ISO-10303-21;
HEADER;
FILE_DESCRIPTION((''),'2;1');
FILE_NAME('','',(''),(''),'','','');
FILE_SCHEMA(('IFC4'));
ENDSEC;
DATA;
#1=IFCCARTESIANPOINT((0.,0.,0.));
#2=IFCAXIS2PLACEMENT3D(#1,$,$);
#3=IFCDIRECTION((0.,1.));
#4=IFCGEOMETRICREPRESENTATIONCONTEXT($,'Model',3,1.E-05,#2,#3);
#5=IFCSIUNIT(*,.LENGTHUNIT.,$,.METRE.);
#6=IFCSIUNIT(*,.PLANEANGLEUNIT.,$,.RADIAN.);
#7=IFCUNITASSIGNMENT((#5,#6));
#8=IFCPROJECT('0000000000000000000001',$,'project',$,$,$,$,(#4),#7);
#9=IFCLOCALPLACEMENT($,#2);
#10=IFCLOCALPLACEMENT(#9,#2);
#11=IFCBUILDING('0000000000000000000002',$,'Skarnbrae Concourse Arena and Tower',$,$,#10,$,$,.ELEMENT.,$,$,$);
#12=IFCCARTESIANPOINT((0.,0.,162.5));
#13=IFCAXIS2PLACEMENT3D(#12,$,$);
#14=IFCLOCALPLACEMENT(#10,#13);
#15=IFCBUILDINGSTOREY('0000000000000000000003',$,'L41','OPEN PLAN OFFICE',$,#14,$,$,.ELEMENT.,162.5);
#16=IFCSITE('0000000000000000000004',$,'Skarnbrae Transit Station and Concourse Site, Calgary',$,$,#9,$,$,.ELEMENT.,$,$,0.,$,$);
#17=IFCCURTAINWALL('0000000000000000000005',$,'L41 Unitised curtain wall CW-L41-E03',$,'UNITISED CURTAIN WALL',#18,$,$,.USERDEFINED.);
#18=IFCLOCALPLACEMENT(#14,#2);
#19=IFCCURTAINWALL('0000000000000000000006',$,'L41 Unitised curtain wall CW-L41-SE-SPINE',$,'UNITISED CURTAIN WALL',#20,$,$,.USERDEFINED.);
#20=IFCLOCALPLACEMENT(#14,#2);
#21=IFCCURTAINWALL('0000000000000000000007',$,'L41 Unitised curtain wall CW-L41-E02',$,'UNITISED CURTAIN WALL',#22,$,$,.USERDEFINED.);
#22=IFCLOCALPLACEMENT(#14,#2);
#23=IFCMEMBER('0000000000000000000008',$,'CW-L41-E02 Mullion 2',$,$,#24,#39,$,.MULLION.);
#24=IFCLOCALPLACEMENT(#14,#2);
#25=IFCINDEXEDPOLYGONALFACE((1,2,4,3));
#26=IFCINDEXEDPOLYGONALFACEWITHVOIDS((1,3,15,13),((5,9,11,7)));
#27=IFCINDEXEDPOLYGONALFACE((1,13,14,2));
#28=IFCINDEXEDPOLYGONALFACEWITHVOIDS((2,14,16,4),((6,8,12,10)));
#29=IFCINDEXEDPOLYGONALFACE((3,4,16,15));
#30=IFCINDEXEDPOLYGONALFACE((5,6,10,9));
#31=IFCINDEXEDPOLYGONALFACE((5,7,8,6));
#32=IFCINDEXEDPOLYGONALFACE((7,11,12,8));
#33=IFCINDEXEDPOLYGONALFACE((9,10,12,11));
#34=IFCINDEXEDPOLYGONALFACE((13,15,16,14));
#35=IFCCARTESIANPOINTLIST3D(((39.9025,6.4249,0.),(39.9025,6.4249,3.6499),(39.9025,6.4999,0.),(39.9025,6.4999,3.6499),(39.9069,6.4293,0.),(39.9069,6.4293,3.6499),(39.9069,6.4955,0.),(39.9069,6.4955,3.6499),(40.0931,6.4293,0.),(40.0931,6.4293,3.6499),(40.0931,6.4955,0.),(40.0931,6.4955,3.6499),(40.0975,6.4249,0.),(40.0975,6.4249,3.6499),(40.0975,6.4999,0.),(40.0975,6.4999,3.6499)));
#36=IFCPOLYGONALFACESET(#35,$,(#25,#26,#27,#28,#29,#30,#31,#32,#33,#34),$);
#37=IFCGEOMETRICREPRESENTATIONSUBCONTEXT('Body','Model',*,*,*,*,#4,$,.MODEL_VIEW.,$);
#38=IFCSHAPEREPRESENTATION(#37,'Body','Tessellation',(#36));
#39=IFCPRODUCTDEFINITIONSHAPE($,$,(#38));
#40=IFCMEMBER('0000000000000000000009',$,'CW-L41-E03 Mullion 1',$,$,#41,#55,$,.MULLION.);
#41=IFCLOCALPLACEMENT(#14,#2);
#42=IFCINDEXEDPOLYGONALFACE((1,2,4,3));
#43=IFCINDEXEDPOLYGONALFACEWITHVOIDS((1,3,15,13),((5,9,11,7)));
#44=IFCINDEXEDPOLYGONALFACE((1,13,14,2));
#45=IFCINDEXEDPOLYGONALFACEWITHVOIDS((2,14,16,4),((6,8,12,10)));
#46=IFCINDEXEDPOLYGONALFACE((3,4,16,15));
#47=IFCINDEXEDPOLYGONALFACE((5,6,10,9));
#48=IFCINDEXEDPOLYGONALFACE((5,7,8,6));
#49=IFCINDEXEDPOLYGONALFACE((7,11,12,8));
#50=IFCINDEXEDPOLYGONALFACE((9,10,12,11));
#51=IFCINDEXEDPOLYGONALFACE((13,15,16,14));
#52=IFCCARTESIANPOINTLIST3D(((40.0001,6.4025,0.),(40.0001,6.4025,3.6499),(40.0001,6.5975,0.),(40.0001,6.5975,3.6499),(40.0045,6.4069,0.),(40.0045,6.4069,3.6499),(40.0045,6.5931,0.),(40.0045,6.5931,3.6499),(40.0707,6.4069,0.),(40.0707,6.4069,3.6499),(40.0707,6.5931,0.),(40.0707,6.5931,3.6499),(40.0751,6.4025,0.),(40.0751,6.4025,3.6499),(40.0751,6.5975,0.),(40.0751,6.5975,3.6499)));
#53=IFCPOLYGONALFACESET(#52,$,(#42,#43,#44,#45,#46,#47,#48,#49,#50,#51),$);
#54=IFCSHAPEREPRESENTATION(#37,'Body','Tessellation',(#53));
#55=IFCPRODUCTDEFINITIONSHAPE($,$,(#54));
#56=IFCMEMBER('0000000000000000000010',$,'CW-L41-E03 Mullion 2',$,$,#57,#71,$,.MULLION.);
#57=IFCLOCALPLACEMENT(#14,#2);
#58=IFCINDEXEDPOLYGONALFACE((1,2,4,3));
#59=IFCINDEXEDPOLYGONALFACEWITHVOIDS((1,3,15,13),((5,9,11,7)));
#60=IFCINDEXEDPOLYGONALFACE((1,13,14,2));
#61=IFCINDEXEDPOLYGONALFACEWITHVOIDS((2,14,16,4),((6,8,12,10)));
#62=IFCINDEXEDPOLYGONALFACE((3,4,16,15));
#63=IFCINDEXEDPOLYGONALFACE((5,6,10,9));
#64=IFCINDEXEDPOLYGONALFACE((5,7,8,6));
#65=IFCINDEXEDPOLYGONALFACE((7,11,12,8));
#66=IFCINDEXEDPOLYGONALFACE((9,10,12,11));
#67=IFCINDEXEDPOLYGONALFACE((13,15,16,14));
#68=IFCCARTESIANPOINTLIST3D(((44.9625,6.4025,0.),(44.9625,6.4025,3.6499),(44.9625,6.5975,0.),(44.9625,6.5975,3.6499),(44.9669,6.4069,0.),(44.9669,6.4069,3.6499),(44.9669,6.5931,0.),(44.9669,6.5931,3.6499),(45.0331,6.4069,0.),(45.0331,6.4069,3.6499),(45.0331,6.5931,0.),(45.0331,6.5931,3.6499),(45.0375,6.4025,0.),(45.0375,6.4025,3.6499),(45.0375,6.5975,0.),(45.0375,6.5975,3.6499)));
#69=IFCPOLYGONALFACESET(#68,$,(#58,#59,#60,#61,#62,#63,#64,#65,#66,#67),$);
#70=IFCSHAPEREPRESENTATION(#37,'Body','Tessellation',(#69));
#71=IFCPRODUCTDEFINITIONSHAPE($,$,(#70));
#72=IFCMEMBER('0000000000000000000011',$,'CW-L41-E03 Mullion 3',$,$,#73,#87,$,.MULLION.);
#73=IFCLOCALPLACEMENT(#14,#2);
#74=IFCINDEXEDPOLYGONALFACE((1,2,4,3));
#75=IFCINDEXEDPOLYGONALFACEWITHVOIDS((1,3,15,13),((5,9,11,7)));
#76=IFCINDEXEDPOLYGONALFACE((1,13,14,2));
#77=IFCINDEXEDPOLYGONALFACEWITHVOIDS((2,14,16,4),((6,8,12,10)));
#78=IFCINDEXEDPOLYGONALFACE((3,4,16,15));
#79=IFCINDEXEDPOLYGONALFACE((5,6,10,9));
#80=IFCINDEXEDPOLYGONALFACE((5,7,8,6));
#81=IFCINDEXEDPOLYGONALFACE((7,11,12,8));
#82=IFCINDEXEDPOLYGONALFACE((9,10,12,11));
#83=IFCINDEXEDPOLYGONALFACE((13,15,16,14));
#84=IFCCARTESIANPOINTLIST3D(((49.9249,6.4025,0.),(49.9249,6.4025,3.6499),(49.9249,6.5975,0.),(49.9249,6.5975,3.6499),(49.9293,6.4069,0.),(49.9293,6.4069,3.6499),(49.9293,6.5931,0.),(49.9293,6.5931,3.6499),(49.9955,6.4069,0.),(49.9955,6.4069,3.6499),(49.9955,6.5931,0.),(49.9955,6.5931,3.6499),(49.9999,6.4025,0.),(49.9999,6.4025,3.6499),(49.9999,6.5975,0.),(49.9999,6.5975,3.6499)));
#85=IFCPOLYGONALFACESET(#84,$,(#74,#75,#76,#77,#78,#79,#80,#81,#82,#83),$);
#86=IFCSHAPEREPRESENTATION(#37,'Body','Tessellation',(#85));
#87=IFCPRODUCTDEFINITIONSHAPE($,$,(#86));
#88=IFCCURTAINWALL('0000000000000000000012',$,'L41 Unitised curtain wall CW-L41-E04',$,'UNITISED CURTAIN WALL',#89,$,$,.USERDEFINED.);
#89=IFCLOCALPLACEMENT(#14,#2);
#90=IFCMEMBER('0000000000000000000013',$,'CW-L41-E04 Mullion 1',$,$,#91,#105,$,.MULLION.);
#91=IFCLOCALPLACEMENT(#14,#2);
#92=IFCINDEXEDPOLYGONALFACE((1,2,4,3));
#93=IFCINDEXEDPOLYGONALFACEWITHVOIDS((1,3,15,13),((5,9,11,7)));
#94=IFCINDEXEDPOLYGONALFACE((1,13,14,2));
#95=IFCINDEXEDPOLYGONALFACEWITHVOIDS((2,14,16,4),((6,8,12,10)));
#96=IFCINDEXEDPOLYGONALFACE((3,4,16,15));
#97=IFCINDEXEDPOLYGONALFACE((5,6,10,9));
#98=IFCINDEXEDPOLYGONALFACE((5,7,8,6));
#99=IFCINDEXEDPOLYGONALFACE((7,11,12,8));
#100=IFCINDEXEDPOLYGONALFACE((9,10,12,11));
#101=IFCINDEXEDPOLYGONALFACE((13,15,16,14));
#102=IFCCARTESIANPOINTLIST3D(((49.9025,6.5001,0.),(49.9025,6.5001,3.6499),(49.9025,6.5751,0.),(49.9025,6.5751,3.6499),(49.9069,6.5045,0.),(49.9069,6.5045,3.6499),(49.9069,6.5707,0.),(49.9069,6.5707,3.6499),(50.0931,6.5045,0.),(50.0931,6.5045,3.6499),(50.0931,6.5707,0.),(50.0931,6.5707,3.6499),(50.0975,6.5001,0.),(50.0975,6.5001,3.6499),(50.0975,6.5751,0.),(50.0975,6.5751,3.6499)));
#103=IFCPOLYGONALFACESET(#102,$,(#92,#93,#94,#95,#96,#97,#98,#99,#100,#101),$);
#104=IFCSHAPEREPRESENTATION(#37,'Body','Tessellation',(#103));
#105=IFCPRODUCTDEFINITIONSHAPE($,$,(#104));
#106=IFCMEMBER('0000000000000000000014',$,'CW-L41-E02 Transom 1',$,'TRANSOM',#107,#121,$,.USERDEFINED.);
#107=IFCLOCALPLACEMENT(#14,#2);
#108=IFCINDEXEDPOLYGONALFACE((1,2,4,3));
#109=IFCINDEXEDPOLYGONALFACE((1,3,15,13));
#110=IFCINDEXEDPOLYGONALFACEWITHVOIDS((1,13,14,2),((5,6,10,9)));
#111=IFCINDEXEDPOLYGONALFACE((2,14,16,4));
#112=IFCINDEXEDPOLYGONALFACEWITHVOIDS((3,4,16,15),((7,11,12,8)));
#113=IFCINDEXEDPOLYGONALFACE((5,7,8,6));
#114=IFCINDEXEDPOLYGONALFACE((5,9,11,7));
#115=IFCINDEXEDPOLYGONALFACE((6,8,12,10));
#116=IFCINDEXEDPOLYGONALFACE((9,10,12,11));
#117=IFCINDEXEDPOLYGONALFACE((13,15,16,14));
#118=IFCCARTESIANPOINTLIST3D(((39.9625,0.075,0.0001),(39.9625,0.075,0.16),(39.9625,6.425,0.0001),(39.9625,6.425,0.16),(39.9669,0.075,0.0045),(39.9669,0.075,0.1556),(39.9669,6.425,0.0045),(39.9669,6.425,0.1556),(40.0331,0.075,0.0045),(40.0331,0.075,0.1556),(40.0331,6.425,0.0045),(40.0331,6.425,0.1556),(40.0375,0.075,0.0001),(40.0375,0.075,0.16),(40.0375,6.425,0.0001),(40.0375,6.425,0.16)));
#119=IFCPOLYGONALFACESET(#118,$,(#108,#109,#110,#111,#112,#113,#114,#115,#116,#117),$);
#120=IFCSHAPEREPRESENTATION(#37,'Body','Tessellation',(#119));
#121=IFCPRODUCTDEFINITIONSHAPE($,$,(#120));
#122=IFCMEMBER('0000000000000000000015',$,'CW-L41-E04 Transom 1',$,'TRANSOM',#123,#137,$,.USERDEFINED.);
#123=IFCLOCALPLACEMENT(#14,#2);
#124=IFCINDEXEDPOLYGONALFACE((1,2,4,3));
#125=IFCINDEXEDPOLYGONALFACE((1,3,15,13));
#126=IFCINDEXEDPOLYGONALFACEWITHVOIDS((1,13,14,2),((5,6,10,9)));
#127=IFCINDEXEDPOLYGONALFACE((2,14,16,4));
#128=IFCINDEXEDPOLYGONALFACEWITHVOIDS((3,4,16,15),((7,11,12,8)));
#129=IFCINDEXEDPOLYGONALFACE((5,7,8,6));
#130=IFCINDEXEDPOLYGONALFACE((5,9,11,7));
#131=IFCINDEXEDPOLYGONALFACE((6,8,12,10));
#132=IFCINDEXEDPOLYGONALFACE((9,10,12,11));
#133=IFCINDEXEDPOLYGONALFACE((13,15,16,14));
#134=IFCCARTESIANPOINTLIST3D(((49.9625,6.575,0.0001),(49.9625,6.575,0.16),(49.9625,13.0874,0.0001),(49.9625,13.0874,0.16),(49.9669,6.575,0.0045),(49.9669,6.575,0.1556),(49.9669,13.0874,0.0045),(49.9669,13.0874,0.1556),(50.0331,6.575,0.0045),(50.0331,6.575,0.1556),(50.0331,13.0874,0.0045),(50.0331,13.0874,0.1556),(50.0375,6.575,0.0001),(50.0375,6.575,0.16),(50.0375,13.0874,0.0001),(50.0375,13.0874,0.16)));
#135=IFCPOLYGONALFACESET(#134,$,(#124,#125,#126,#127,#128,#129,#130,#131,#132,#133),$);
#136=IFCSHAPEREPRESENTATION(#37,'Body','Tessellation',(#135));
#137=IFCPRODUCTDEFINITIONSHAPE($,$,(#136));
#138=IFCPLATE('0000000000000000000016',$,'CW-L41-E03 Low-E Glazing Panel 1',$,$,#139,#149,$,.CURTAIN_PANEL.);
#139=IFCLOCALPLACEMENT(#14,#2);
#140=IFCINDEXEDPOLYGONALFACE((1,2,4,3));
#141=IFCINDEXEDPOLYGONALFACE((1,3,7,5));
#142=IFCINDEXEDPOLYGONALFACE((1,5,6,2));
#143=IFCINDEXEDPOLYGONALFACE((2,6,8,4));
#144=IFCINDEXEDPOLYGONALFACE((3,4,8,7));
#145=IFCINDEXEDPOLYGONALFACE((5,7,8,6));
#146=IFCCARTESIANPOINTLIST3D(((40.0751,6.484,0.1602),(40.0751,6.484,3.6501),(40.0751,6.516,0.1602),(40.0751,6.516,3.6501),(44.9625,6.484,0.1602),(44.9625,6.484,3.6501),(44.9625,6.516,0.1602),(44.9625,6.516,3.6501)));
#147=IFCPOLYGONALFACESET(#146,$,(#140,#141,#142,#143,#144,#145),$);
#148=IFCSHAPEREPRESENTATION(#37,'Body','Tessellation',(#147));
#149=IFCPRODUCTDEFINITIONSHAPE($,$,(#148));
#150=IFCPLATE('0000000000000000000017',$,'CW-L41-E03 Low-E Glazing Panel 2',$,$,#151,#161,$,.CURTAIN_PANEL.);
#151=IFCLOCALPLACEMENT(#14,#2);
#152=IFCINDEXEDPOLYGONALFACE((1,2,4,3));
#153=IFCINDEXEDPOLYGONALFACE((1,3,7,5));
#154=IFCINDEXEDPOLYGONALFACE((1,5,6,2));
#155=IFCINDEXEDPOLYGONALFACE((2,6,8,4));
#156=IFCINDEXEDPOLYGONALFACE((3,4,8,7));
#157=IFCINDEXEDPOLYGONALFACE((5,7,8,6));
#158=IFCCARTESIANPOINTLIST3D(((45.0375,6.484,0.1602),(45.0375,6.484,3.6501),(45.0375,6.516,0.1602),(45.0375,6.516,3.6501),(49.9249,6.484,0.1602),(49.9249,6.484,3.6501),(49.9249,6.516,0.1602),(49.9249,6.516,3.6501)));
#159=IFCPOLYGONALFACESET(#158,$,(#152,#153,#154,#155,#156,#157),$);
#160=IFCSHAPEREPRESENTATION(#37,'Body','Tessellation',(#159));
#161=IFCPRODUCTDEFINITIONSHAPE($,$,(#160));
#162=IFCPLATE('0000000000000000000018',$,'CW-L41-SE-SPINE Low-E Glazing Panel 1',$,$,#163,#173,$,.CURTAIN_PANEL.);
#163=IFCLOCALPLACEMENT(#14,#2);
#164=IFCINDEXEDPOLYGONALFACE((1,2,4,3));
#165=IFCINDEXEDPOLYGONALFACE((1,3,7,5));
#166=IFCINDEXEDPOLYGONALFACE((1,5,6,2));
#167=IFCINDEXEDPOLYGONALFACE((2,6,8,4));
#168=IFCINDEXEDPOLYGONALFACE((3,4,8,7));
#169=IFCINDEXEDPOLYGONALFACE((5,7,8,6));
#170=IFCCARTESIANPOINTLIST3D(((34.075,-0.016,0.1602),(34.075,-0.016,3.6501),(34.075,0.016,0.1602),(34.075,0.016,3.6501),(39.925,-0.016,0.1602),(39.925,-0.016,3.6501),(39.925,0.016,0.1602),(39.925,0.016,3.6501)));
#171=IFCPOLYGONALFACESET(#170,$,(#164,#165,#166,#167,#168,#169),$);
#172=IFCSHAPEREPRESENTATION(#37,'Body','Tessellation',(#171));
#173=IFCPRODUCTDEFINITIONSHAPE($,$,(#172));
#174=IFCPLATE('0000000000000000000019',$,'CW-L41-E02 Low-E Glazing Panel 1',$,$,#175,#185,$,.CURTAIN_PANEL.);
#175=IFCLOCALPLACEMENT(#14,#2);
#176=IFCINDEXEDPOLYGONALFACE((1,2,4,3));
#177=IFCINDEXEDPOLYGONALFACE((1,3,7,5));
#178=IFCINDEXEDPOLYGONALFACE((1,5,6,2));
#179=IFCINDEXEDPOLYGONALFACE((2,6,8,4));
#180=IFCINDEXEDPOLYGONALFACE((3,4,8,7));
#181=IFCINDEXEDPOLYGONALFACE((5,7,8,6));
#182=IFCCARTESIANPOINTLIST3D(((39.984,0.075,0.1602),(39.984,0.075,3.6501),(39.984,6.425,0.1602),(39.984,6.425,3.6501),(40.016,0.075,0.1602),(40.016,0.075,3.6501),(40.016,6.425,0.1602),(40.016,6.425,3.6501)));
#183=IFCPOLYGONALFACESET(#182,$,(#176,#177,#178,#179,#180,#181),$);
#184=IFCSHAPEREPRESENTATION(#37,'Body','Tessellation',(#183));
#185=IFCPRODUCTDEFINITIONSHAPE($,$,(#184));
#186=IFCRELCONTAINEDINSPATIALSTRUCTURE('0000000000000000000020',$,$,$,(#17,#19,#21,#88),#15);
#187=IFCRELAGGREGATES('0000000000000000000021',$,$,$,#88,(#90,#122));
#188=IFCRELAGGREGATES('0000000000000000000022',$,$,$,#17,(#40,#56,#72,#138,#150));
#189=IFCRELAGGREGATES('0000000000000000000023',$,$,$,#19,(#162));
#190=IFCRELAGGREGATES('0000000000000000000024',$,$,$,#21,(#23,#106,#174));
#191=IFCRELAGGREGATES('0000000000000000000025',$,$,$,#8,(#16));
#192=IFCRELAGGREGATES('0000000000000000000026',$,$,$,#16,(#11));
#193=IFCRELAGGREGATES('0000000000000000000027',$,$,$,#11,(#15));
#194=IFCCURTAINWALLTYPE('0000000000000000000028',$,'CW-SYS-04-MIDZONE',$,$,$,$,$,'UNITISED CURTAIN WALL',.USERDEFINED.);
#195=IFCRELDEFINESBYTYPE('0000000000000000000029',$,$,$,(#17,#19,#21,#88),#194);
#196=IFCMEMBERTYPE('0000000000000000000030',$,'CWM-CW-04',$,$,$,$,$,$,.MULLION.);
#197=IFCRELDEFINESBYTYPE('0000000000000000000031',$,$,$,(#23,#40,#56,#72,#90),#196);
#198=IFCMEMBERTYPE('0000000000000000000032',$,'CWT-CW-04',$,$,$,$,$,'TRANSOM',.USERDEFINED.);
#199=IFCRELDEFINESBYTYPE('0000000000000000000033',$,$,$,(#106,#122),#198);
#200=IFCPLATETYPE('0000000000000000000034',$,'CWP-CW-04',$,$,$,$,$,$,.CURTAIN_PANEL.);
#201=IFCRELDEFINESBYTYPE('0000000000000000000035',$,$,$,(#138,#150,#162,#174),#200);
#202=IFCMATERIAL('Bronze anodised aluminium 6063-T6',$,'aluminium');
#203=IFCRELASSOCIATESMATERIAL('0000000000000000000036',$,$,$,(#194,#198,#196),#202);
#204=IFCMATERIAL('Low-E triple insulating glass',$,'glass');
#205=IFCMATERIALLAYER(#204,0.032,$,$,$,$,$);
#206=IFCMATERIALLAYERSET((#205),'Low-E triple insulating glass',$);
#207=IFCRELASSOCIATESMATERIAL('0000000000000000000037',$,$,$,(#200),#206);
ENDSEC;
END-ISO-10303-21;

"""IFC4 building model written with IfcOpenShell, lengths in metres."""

from ifc_helpers import new_model, si_unit, direction, frame, origin, origin_2d, place, context, subcontext, project, spatial, rectangle, hollow_rectangle, extrude, source, transform, mapped, material, layer, layer_set, material_profile, profile_set, type_object, element, aggregate, save


model = new_model("IFC4")

# Units and contexts
model_context = context("Model", 3, precision=1e-05, world=origin(), true_north=direction((0.0, 1.0)))
body_context = subcontext(model_context, "Body", "Model", "MODEL_VIEW")
ifc_project = project(units=[si_unit("LENGTHUNIT", "METRE"), si_unit("PLANEANGLEUNIT", "RADIAN")], contexts=[model_context])

# Site, building, storey
site_placement = place(None, origin())
site = spatial("IfcSite", under=ifc_project, at=site_placement, Name="Skarnbrae Transit Station and Concourse Site, Calgary", CompositionType="ELEMENT", RefElevation=0.0)
building_placement = place(site_placement, origin())
building = spatial("IfcBuilding", under=site, at=building_placement, Name="Skarnbrae Concourse Arena and Tower", CompositionType="ELEMENT")
storey_placement = place(building_placement, frame((0.0, 0.0, 162.5)))
storey = spatial("IfcBuildingStorey", under=building, at=storey_placement, Name="L41", Description="OPEN PLAN OFFICE", CompositionType="ELEMENT", Elevation=162.5)

# Curtain wall
ifc_material_1 = material(Name="Bronze anodised aluminium 6063-T6", Category="aluminium")
curtain_wall_type = type_object("IfcCurtainWallType", Name="CW-SYS-04-MIDZONE", ElementType="UNITISED CURTAIN WALL", PredefinedType="USERDEFINED", material=ifc_material_1)
curtain_wall_1_placement = place(storey_placement, origin())
curtain_wall_1 = element("IfcCurtainWall", 1, at=curtain_wall_1_placement, inside=storey, type_object=curtain_wall_type, Name="L41 Unitised curtain wall CW-L41-E03", ObjectType="UNITISED CURTAIN WALL", PredefinedType="USERDEFINED")
ifc_material_profile_1 = material_profile(ifc_material_1, hollow_rectangle(XDim=0.075, YDim=0.1599, WallThickness=0.0044, at=origin_2d()), Name="ALU-TRAN-75X160")
ifc_profile_set_1 = profile_set([ifc_material_profile_1], Name="Bronze anodised aluminium 6063-T6")
member_type_1 = type_object("IfcMemberType", Name="CWT-CW-04", ElementType="TRANSOM", PredefinedType="USERDEFINED", material=ifc_profile_set_1)

# Curtain wall
curtain_wall_2_placement = place(storey_placement, origin())
curtain_wall_2 = element("IfcCurtainWall", 2, at=curtain_wall_2_placement, inside=storey, type_object=curtain_wall_type, Name="L41 Unitised curtain wall CW-L41-SE-SPINE", ObjectType="UNITISED CURTAIN WALL", PredefinedType="USERDEFINED")
ifc_material_profile_2 = material_profile(ifc_material_1, hollow_rectangle(XDim=0.075, YDim=0.1951, WallThickness=0.0044, at=origin_2d()), Name="ALU-MULL-75X195")
ifc_profile_set_2 = profile_set([ifc_material_profile_2], Name="Bronze anodised aluminium 6063-T6")
member_type_2 = type_object("IfcMemberType", Name="CWM-CW-04", PredefinedType="MULLION", material=ifc_profile_set_2)
shared_shape_1 = source(origin(), body_context, "Body", "SweptSolid", [
    extrude(hollow_rectangle(XDim=0.075, YDim=0.1951, WallThickness=0.0044, at=origin_2d()), origin(), (0.0, 0.0, 1.0), 3.6499),
])

# Curtain wall, member
curtain_wall_3_placement = place(storey_placement, origin())
curtain_wall_3 = element("IfcCurtainWall", 3, at=curtain_wall_3_placement, inside=storey, type_object=curtain_wall_type, Name="L41 Unitised curtain wall CW-L41-E02", ObjectType="UNITISED CURTAIN WALL", PredefinedType="USERDEFINED")
member_1_placement = place(storey_placement, frame((40.0, 6.4624, 0.0), z_axis=(0.0, 0.0, 1.0), x_axis=(0.0, 1.0, 0.0)))
member_1 = element("IfcMember", 4, at=member_1_placement, type_object=member_type_2, Name="CW-L41-E02 Mullion 2", PredefinedType="MULLION", context=body_context, shape_type="MappedRepresentation", body=[
    mapped(shared_shape_1, transform((0.0, 0.0, 0.0))),
])

# Members
member_2_placement = place(storey_placement, frame((40.0376, 6.5, 0.0), z_axis=(0.0, 0.0, 1.0), x_axis=(1.0, 0.0, 0.0)))
member_2 = element("IfcMember", 5, at=member_2_placement, type_object=member_type_2, Name="CW-L41-E03 Mullion 1", PredefinedType="MULLION", context=body_context, shape_type="MappedRepresentation", body=[
    mapped(shared_shape_1, transform((0.0, 0.0, 0.0))),
])
member_3_placement = place(storey_placement, frame((45.0, 6.5, 0.0), z_axis=(0.0, 0.0, 1.0), x_axis=(1.0, 0.0, 0.0)))
member_3 = element("IfcMember", 6, at=member_3_placement, type_object=member_type_2, Name="CW-L41-E03 Mullion 2", PredefinedType="MULLION", context=body_context, shape_type="MappedRepresentation", body=[
    mapped(shared_shape_1, transform((0.0, 0.0, 0.0))),
])
member_4_placement = place(storey_placement, frame((49.9624, 6.5, 0.0), z_axis=(0.0, 0.0, 1.0), x_axis=(1.0, 0.0, 0.0)))
member_4 = element("IfcMember", 7, at=member_4_placement, type_object=member_type_2, Name="CW-L41-E03 Mullion 3", PredefinedType="MULLION", context=body_context, shape_type="MappedRepresentation", body=[
    mapped(shared_shape_1, transform((0.0, 0.0, 0.0))),
])

# Curtain wall, member
curtain_wall_4_placement = place(storey_placement, origin())
curtain_wall_4 = element("IfcCurtainWall", 8, at=curtain_wall_4_placement, inside=storey, type_object=curtain_wall_type, Name="L41 Unitised curtain wall CW-L41-E04", ObjectType="UNITISED CURTAIN WALL", PredefinedType="USERDEFINED")
member_5_placement = place(storey_placement, frame((50.0, 6.5376, 0.0), z_axis=(0.0, 0.0, 1.0), x_axis=(0.0, 1.0, 0.0)))
member_5 = element("IfcMember", 9, at=member_5_placement, type_object=member_type_2, Name="CW-L41-E04 Mullion 1", PredefinedType="MULLION", context=body_context, shape_type="MappedRepresentation", body=[
    mapped(shared_shape_1, transform((0.0, 0.0, 0.0))),
])

# Members
shared_shape_2 = source(origin(), body_context, "Body", "SweptSolid", [
    extrude(hollow_rectangle(XDim=0.075, YDim=0.1599, WallThickness=0.0044, at=origin_2d()), origin(), (0.0, 0.0, 1.0), 6.3501),
])
member_6_placement = place(storey_placement, frame((40.0, 0.075, 0.0801), z_axis=(0.0, 1.0, 0.0), x_axis=(-1.0, 0.0, 0.0)))
member_6 = element("IfcMember", 10, at=member_6_placement, type_object=member_type_1, Name="CW-L41-E02 Transom 1", ObjectType="TRANSOM", PredefinedType="USERDEFINED", context=body_context, shape_type="MappedRepresentation", body=[
    mapped(shared_shape_2, transform((0.0, 0.0, 0.0))),
])
shared_shape_3 = source(origin(), body_context, "Body", "SweptSolid", [
    extrude(hollow_rectangle(XDim=0.075, YDim=0.1599, WallThickness=0.0044, at=origin_2d()), origin(), (0.0, 0.0, 1.0), 6.5125),
])
member_7_placement = place(storey_placement, frame((50.0, 6.575, 0.0801), z_axis=(0.0, 1.0, 0.0), x_axis=(-1.0, 0.0, 0.0)))
member_7 = element("IfcMember", 11, at=member_7_placement, type_object=member_type_1, Name="CW-L41-E04 Transom 1", ObjectType="TRANSOM", PredefinedType="USERDEFINED", context=body_context, shape_type="MappedRepresentation", body=[
    mapped(shared_shape_3, transform((0.0, 0.0, 0.0))),
])
aggregate(curtain_wall_4, [member_5, member_7])

# Plates
ifc_material_2 = material(Name="Low-E triple insulating glass", Category="glass")
ifc_layer = layer(ifc_material_2, 0.032)
ifc_layer_set = layer_set([ifc_layer], Name="Low-E triple insulating glass")
plate_type = type_object("IfcPlateType", Name="CWP-CW-04", PredefinedType="CURTAIN_PANEL", material=ifc_layer_set)
shared_shape_4 = source(origin(), body_context, "Body", "SweptSolid", [
    extrude(rectangle(XDim=4.8875, YDim=0.032, at=origin_2d()), origin(), (0.0, 0.0, 1.0), 3.49),
])
plate_1_placement = place(storey_placement, frame((42.5188, 6.5, 0.1602), z_axis=(0.0, 0.0, 1.0), x_axis=(1.0, 0.0, 0.0)))
plate_1 = element("IfcPlate", 12, at=plate_1_placement, type_object=plate_type, Name="CW-L41-E03 Low-E Glazing Panel 1", PredefinedType="CURTAIN_PANEL", context=body_context, shape_type="MappedRepresentation", body=[
    mapped(shared_shape_4, transform((0.0, 0.0, 0.0))),
])
plate_2_placement = place(storey_placement, frame((47.4812, 6.5, 0.1602), z_axis=(0.0, 0.0, 1.0), x_axis=(1.0, 0.0, 0.0)))
plate_2 = element("IfcPlate", 13, at=plate_2_placement, type_object=plate_type, Name="CW-L41-E03 Low-E Glazing Panel 2", PredefinedType="CURTAIN_PANEL", context=body_context, shape_type="MappedRepresentation", body=[
    mapped(shared_shape_4, transform((0.0, 0.0, 0.0))),
])
aggregate(curtain_wall_1, [member_2, member_3, member_4, plate_1, plate_2])
shared_shape_5 = source(origin(), body_context, "Body", "SweptSolid", [
    extrude(rectangle(XDim=5.8501, YDim=0.032, at=origin_2d()), origin(), (0.0, 0.0, 1.0), 3.49),
])
plate_3_placement = place(storey_placement, frame((37.0, 0.0, 0.1602), z_axis=(0.0, 0.0, 1.0), x_axis=(1.0, 0.0, 0.0)))
plate_3 = element("IfcPlate", 14, at=plate_3_placement, type_object=plate_type, Name="CW-L41-SE-SPINE Low-E Glazing Panel 1", PredefinedType="CURTAIN_PANEL", context=body_context, shape_type="MappedRepresentation", body=[
    mapped(shared_shape_5, transform((0.0, 0.0, 0.0))),
])
aggregate(curtain_wall_2, [plate_3])
shared_shape_6 = source(origin(), body_context, "Body", "SweptSolid", [
    extrude(rectangle(XDim=6.3501, YDim=0.032, at=origin_2d()), origin(), (0.0, 0.0, 1.0), 3.49),
])
plate_4_placement = place(storey_placement, frame((40.0, 3.25, 0.1602), z_axis=(0.0, 0.0, 1.0), x_axis=(0.0, 1.0, 0.0)))
plate_4 = element("IfcPlate", 15, at=plate_4_placement, type_object=plate_type, Name="CW-L41-E02 Low-E Glazing Panel 1", PredefinedType="CURTAIN_PANEL", context=body_context, shape_type="MappedRepresentation", body=[
    mapped(shared_shape_6, transform((0.0, 0.0, 0.0))),
])
aggregate(curtain_wall_3, [member_1, member_6, plate_4])

save(model, "model.ifc")
